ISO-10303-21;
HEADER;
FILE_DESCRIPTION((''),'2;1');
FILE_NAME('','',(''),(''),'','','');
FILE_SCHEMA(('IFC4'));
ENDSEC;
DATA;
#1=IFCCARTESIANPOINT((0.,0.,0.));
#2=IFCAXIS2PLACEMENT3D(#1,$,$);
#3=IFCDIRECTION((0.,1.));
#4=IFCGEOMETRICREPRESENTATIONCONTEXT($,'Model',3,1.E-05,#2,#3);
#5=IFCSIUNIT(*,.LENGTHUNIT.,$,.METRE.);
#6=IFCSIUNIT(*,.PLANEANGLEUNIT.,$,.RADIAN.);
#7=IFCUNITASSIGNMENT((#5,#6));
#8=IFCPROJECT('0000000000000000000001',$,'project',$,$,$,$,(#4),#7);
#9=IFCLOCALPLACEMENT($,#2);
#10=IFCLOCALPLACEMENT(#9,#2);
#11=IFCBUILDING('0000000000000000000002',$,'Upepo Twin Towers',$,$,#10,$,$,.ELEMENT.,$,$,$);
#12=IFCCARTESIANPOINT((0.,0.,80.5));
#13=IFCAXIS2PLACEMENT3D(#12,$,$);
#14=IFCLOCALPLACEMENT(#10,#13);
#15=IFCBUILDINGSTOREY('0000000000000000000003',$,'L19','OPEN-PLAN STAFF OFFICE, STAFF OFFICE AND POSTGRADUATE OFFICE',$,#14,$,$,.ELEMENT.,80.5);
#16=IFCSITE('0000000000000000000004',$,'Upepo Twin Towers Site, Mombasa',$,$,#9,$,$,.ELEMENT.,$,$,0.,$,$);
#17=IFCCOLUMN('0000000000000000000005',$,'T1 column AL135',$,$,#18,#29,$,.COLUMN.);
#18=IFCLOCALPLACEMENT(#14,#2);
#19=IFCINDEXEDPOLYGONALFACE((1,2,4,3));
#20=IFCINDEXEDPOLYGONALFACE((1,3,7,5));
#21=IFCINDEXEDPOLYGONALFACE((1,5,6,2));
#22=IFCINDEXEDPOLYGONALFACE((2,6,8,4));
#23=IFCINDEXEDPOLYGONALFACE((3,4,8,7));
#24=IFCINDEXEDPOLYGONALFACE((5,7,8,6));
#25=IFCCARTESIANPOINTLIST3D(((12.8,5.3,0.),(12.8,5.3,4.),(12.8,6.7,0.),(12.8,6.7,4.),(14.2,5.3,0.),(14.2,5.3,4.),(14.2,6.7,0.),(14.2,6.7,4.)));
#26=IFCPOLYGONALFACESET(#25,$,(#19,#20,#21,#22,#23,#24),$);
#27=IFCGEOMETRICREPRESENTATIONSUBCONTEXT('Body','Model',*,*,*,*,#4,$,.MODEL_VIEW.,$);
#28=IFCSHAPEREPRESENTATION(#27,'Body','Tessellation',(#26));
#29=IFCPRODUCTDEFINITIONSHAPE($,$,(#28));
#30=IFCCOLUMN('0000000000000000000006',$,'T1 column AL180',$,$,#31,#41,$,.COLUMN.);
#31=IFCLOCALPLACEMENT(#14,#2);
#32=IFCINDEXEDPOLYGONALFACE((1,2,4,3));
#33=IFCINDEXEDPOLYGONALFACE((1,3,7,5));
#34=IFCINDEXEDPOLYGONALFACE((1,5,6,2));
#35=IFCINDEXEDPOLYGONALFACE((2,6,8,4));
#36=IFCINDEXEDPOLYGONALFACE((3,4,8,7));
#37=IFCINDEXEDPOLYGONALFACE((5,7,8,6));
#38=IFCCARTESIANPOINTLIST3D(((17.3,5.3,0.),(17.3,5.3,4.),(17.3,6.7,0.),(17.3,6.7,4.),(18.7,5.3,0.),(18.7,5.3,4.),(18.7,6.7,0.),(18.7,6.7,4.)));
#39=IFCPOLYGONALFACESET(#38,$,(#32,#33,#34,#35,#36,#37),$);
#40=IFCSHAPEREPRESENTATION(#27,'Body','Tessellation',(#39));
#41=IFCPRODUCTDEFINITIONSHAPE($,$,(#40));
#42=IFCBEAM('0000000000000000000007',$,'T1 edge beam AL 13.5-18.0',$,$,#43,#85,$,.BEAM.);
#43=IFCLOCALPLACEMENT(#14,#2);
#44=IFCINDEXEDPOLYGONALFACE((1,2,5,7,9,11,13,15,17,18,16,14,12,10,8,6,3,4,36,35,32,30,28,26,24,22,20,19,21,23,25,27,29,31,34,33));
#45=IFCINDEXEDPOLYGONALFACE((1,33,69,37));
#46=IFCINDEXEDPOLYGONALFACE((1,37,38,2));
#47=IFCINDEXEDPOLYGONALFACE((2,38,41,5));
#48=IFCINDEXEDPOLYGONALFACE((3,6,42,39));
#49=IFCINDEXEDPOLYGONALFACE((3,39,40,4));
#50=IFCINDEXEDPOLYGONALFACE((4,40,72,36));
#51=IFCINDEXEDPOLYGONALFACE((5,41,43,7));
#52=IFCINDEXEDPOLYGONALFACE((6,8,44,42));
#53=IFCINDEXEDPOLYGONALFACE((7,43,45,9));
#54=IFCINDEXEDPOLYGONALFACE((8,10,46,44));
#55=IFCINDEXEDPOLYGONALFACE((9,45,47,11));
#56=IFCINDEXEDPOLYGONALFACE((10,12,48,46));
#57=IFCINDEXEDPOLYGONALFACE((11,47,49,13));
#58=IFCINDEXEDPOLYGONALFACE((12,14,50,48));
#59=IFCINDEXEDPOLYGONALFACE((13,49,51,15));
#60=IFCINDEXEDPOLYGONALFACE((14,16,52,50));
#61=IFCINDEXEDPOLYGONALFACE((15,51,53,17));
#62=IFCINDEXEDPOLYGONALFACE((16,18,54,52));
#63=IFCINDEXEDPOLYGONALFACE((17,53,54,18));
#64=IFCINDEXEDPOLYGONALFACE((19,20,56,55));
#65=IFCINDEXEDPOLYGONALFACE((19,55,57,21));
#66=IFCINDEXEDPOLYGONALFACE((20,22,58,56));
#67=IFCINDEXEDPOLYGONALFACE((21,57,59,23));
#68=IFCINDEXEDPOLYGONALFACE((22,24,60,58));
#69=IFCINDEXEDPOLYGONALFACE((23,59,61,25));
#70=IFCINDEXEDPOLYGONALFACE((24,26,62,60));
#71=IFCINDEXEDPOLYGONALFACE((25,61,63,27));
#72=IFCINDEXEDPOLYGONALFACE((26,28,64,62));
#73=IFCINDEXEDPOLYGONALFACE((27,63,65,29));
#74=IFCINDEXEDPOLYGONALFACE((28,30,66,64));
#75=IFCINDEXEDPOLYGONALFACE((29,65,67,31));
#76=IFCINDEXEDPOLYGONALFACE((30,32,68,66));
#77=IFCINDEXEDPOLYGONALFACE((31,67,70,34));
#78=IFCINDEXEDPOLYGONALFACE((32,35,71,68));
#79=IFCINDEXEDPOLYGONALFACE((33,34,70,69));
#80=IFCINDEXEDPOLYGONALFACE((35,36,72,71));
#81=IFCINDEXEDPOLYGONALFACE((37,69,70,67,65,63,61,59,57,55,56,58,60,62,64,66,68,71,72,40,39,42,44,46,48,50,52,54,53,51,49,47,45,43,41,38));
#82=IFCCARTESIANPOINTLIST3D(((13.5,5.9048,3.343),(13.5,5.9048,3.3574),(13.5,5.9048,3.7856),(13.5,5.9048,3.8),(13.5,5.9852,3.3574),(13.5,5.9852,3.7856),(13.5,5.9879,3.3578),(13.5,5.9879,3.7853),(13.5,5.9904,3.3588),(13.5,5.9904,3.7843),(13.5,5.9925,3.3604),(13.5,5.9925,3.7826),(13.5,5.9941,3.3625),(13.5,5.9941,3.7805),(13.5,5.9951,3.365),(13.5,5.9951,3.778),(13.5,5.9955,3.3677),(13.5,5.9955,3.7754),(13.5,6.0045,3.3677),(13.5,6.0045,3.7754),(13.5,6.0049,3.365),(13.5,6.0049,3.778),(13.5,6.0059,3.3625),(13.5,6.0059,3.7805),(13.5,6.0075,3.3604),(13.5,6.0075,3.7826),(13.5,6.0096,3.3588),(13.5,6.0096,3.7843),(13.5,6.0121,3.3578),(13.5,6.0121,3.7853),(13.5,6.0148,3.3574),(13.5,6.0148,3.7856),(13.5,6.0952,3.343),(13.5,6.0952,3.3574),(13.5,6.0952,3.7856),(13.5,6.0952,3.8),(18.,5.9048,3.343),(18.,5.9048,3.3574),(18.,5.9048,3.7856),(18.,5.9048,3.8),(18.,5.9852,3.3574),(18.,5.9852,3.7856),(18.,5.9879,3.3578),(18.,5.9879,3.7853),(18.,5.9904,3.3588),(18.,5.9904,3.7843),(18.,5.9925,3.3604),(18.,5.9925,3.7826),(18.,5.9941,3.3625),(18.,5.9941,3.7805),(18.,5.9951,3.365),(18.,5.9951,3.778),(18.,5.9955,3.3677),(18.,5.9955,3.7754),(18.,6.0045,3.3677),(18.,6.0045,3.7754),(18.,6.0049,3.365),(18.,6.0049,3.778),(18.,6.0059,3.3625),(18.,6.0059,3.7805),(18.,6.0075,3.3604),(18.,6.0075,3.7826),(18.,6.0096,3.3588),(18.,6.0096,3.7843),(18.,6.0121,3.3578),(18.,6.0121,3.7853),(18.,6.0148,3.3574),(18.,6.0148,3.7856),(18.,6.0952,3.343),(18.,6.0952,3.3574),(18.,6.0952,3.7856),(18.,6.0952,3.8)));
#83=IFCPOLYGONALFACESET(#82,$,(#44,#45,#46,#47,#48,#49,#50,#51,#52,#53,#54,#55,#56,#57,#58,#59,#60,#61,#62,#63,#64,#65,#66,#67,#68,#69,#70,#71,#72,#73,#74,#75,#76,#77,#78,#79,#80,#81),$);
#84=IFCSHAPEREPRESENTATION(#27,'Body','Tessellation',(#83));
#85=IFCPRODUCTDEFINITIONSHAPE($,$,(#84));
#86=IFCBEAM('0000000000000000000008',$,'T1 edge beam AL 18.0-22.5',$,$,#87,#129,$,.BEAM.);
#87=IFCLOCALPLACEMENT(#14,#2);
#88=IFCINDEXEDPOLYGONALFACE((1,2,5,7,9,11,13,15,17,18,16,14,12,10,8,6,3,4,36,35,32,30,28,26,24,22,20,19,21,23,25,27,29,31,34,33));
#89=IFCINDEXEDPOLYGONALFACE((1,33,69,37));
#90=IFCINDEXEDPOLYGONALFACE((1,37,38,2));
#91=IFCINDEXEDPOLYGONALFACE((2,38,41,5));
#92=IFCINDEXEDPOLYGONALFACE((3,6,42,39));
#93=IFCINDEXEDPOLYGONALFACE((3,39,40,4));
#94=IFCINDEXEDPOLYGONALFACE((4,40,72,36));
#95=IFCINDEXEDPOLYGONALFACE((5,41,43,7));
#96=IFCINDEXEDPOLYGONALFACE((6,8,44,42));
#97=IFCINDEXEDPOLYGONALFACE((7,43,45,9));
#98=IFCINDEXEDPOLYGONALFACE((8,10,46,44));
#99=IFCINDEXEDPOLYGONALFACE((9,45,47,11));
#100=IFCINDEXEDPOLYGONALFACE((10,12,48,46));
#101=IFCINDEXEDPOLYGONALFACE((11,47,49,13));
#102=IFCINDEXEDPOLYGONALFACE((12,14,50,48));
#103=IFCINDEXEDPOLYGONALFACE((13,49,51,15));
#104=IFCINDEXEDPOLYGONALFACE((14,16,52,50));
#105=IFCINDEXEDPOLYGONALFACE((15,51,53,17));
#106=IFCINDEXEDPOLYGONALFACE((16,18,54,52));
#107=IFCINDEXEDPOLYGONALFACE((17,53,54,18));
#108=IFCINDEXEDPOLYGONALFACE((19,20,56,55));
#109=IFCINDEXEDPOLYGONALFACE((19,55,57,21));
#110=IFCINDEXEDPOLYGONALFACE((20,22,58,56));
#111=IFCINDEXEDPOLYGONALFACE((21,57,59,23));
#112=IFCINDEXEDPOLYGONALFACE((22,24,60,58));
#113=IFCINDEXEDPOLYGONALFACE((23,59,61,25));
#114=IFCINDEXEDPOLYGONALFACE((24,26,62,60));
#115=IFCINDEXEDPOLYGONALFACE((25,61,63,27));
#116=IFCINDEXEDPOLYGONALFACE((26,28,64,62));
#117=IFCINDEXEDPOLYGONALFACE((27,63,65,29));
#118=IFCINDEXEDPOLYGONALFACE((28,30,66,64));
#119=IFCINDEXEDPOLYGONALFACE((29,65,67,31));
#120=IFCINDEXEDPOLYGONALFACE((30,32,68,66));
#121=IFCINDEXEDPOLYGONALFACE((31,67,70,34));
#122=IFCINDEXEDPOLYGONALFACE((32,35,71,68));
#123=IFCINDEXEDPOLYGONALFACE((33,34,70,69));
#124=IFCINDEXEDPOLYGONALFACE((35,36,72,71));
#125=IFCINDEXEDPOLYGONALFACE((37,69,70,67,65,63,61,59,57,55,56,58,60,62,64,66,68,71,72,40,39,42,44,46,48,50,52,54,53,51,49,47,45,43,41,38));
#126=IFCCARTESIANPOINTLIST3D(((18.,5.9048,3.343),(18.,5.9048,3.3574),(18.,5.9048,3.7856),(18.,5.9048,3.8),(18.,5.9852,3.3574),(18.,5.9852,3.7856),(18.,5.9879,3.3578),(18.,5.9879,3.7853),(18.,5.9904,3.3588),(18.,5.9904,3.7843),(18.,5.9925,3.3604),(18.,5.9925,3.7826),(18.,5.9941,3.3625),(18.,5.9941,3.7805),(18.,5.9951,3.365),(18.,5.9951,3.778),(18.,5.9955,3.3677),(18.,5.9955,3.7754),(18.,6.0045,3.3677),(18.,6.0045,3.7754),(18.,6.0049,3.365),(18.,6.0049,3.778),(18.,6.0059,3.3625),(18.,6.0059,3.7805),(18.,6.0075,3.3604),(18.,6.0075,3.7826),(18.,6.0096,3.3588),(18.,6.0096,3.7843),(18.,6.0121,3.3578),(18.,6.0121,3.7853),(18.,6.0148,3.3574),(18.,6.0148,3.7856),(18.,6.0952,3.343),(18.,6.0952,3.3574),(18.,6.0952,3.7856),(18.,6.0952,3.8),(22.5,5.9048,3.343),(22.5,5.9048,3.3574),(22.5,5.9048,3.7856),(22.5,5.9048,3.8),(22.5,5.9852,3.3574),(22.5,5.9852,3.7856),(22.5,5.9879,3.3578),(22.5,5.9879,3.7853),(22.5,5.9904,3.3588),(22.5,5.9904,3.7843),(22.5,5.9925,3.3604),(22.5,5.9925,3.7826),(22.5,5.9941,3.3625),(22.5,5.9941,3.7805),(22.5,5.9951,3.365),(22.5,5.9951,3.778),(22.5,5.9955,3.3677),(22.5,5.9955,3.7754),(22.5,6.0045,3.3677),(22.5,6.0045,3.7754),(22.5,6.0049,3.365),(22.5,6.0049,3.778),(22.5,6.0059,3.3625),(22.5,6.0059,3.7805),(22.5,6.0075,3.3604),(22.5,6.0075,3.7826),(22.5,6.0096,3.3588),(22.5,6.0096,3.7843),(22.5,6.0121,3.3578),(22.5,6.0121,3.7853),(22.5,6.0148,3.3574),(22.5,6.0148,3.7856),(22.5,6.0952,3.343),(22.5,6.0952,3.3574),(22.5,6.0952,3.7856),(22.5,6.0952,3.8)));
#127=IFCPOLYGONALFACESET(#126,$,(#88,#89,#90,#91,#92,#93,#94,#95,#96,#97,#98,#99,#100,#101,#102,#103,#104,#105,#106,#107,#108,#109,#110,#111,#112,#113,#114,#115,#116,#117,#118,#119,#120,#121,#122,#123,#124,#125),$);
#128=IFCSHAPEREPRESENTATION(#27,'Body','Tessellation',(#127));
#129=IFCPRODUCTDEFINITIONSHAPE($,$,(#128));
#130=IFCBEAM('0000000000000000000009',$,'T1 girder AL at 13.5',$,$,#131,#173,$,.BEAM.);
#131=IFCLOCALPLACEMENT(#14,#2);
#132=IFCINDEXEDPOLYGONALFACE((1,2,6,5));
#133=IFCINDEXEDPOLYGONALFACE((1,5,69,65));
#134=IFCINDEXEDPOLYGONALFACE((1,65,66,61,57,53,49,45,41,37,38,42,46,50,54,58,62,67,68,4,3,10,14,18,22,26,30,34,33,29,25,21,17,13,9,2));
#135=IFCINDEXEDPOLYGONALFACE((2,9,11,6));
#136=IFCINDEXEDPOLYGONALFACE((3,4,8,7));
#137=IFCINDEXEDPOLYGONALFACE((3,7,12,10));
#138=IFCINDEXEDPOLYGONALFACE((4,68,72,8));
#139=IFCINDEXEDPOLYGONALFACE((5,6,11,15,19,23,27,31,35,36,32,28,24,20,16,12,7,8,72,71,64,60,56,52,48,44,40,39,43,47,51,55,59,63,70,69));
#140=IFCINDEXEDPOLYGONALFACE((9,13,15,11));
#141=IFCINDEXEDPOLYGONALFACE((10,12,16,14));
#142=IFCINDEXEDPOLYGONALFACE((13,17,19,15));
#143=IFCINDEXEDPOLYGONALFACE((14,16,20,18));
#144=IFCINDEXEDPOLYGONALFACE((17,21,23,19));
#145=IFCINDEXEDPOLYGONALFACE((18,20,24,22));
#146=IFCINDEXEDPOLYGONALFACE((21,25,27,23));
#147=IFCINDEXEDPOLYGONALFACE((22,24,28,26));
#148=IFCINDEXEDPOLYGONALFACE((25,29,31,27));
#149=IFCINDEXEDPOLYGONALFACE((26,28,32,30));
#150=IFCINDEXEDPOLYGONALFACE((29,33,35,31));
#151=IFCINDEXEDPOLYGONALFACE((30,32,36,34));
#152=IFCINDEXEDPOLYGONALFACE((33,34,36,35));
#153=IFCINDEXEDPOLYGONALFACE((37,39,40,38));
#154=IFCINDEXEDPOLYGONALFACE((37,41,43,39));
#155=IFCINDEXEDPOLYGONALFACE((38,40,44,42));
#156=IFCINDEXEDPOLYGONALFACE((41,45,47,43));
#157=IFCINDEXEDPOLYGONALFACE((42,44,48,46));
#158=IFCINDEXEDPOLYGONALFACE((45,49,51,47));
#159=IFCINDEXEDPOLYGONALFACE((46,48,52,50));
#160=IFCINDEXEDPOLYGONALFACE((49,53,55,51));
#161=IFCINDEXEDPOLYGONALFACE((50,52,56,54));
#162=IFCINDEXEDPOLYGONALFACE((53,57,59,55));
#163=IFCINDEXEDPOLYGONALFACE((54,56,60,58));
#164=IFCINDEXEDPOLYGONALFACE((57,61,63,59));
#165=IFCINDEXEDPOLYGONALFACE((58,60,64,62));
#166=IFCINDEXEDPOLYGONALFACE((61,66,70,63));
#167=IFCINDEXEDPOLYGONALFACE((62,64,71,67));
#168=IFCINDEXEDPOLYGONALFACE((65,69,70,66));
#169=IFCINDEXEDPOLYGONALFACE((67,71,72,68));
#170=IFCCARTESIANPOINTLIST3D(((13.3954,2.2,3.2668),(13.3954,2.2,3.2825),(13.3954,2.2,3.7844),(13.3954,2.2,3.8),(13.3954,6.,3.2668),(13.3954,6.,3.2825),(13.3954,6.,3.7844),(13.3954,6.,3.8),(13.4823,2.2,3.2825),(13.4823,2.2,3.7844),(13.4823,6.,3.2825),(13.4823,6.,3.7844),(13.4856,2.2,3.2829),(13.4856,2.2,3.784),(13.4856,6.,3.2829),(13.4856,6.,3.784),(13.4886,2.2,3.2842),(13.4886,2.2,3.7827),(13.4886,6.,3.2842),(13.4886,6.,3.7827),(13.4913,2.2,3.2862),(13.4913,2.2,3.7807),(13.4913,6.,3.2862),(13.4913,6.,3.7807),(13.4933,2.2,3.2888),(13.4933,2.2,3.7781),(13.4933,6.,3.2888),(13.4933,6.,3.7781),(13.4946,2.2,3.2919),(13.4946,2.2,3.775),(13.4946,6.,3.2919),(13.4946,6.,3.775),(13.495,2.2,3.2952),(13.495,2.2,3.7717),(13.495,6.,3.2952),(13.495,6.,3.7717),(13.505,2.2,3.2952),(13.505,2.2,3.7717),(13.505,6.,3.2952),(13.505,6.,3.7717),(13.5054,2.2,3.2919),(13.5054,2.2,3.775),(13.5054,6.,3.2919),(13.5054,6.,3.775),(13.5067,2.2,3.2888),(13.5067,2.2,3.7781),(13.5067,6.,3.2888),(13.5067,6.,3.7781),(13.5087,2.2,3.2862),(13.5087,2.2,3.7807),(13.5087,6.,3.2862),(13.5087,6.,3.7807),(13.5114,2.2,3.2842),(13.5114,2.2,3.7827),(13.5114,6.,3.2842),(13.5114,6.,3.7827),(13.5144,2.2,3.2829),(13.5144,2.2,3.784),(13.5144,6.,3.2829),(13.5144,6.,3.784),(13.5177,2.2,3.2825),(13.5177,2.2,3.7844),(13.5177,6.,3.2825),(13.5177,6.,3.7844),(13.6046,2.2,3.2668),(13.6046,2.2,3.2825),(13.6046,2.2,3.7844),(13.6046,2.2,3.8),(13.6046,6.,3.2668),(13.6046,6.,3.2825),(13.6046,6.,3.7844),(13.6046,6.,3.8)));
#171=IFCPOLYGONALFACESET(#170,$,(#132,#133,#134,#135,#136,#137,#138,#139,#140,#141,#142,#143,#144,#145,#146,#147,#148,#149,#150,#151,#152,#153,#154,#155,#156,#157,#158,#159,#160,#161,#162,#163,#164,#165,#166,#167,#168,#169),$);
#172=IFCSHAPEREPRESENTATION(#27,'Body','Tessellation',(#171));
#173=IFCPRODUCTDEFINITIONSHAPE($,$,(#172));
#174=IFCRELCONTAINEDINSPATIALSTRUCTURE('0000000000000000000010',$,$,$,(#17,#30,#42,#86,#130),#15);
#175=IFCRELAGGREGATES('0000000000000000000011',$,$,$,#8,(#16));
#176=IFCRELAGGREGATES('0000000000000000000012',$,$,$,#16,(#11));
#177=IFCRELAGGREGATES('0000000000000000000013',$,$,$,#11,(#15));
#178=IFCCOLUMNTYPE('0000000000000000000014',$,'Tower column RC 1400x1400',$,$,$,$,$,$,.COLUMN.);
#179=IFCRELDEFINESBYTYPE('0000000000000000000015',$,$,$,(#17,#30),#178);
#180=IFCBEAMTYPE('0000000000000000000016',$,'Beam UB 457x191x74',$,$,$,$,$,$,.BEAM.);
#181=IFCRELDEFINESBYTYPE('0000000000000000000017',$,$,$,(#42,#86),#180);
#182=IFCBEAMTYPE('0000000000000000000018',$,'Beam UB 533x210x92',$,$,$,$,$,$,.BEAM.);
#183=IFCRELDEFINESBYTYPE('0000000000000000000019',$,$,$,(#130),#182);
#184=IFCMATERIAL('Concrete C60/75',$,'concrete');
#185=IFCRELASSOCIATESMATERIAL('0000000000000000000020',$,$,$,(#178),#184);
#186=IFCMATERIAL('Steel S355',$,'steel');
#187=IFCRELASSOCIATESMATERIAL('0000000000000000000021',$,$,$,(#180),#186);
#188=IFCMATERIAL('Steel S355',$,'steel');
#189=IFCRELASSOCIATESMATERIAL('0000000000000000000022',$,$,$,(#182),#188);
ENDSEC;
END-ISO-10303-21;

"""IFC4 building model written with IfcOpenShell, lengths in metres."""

from ifc_helpers import new_model, si_unit, direction, frame, origin, origin_2d, place, context, subcontext, project, spatial, rectangle, i_section, extrude, material, material_profile, profile_set, type_object, element, save


model = new_model("IFC4")

# Units and contexts
model_context = context("Model", 3, precision=1e-05, world=origin(), true_north=direction((0.0, 1.0)))
body_context = subcontext(model_context, "Body", "Model", "MODEL_VIEW")
ifc_project = project(units=[si_unit("LENGTHUNIT", "METRE"), si_unit("PLANEANGLEUNIT", "RADIAN")], contexts=[model_context])

# Site, building, storey
site_placement = place(None, origin())
site = spatial("IfcSite", under=ifc_project, at=site_placement, Name="Upepo Twin Towers Site, Mombasa", CompositionType="ELEMENT", RefElevation=0.0)
building_placement = place(site_placement, origin())
building = spatial("IfcBuilding", under=site, at=building_placement, Name="Upepo Twin Towers", CompositionType="ELEMENT")
storey_placement = place(building_placement, frame((0.0, 0.0, 80.5)))
storey = spatial("IfcBuildingStorey", under=building, at=storey_placement, Name="L19", Description="OPEN-PLAN STAFF OFFICE, STAFF OFFICE AND POSTGRADUATE OFFICE", CompositionType="ELEMENT", Elevation=80.5)

# Columns
ifc_material_1 = material(Name="Concrete C60/75", Category="concrete")
ifc_material_profile_1 = material_profile(ifc_material_1, rectangle(XDim=1.3999, YDim=1.3999, at=origin_2d()), Name="RC 1400x1400")
ifc_profile_set_1 = profile_set([ifc_material_profile_1], Name="Concrete C60/75")
column_type = type_object("IfcColumnType", Name="Tower column RC 1400x1400", PredefinedType="COLUMN", material=ifc_profile_set_1)
for number, where, z_axis, x_axis, name in (
    (1, (13.5, 6.0, 0.0), (0.0, 0.0, 1.0), (1.0, 0.0, 0.0), "T1 column AL135"),
    (2, (18.0, 6.0, 0.0), (0.0, 0.0, 1.0), (1.0, 0.0, 0.0), "T1 column AL180"),
):
    element("IfcColumn", number, at=place(storey_placement, frame(where, z_axis=z_axis, x_axis=x_axis)), inside=storey, type_object=column_type, Name=name, PredefinedType="COLUMN", context=body_context, shape_type="SweptSolid", body=[
        extrude(rectangle(XDim=1.3999, YDim=1.3999, at=origin_2d()), origin(), (0.0, 0.0, 1.0), 4.0),
    ])

# Beams
ifc_material_2 = material(Name="Steel S355", Category="steel")
ifc_material_profile_2 = material_profile(ifc_material_2, i_section(OverallWidth=0.1904, OverallDepth=0.457, WebThickness=0.009, FlangeThickness=0.0144, FilletRadius=0.0103, at=origin_2d()), Name="UB 457x191x74")
ifc_profile_set_2 = profile_set([ifc_material_profile_2], Name="Steel S355")
beam_type_1 = type_object("IfcBeamType", Name="Beam UB 457x191x74", PredefinedType="BEAM", material=ifc_profile_set_2)
for number, where, z_axis, x_axis, name in (
    (3, (13.5, 6.0, 3.5715), (1.0, 0.0, 0.0), (0.0, 1.0, 0.0), "T1 edge beam AL 13.5-18.0"),
    (4, (18.0, 6.0, 3.5715), (1.0, 0.0, 0.0), (0.0, 1.0, 0.0), "T1 edge beam AL 18.0-22.5"),
):
    element("IfcBeam", number, at=place(storey_placement, frame(where, z_axis=z_axis, x_axis=x_axis)), inside=storey, type_object=beam_type_1, Name=name, PredefinedType="BEAM", context=body_context, shape_type="SweptSolid", body=[
        extrude(i_section(OverallWidth=0.1904, OverallDepth=0.457, WebThickness=0.009, FlangeThickness=0.0144, FilletRadius=0.0103, at=origin_2d()), origin(), (0.0, 0.0, 1.0), 4.5),
    ])
ifc_material_3 = material(Name="Steel S355", Category="steel")
ifc_material_profile_3 = material_profile(ifc_material_3, i_section(OverallWidth=0.2092, OverallDepth=0.5332, WebThickness=0.01, FlangeThickness=0.0156, FilletRadius=0.0127, at=origin_2d()), Name="UB 533x210x92")
ifc_profile_set_3 = profile_set([ifc_material_profile_3], Name="Steel S355")
beam_type_2 = type_object("IfcBeamType", Name="Beam UB 533x210x92", PredefinedType="BEAM", material=ifc_profile_set_3)
for number, where, z_axis, x_axis, name in (
    (5, (13.5, 6.0, 3.5334), (0.0, -1.0, 0.0), (1.0, 0.0, 0.0), "T1 girder AL at 13.5"),
):
    element("IfcBeam", number, at=place(storey_placement, frame(where, z_axis=z_axis, x_axis=x_axis)), inside=storey, type_object=beam_type_2, Name=name, PredefinedType="BEAM", context=body_context, shape_type="SweptSolid", body=[
        extrude(i_section(OverallWidth=0.2092, OverallDepth=0.5332, WebThickness=0.01, FlangeThickness=0.0156, FilletRadius=0.0127, at=origin_2d()), origin(), (0.0, 0.0, 1.0), 3.8),
    ])

save(model, "model.ifc")
